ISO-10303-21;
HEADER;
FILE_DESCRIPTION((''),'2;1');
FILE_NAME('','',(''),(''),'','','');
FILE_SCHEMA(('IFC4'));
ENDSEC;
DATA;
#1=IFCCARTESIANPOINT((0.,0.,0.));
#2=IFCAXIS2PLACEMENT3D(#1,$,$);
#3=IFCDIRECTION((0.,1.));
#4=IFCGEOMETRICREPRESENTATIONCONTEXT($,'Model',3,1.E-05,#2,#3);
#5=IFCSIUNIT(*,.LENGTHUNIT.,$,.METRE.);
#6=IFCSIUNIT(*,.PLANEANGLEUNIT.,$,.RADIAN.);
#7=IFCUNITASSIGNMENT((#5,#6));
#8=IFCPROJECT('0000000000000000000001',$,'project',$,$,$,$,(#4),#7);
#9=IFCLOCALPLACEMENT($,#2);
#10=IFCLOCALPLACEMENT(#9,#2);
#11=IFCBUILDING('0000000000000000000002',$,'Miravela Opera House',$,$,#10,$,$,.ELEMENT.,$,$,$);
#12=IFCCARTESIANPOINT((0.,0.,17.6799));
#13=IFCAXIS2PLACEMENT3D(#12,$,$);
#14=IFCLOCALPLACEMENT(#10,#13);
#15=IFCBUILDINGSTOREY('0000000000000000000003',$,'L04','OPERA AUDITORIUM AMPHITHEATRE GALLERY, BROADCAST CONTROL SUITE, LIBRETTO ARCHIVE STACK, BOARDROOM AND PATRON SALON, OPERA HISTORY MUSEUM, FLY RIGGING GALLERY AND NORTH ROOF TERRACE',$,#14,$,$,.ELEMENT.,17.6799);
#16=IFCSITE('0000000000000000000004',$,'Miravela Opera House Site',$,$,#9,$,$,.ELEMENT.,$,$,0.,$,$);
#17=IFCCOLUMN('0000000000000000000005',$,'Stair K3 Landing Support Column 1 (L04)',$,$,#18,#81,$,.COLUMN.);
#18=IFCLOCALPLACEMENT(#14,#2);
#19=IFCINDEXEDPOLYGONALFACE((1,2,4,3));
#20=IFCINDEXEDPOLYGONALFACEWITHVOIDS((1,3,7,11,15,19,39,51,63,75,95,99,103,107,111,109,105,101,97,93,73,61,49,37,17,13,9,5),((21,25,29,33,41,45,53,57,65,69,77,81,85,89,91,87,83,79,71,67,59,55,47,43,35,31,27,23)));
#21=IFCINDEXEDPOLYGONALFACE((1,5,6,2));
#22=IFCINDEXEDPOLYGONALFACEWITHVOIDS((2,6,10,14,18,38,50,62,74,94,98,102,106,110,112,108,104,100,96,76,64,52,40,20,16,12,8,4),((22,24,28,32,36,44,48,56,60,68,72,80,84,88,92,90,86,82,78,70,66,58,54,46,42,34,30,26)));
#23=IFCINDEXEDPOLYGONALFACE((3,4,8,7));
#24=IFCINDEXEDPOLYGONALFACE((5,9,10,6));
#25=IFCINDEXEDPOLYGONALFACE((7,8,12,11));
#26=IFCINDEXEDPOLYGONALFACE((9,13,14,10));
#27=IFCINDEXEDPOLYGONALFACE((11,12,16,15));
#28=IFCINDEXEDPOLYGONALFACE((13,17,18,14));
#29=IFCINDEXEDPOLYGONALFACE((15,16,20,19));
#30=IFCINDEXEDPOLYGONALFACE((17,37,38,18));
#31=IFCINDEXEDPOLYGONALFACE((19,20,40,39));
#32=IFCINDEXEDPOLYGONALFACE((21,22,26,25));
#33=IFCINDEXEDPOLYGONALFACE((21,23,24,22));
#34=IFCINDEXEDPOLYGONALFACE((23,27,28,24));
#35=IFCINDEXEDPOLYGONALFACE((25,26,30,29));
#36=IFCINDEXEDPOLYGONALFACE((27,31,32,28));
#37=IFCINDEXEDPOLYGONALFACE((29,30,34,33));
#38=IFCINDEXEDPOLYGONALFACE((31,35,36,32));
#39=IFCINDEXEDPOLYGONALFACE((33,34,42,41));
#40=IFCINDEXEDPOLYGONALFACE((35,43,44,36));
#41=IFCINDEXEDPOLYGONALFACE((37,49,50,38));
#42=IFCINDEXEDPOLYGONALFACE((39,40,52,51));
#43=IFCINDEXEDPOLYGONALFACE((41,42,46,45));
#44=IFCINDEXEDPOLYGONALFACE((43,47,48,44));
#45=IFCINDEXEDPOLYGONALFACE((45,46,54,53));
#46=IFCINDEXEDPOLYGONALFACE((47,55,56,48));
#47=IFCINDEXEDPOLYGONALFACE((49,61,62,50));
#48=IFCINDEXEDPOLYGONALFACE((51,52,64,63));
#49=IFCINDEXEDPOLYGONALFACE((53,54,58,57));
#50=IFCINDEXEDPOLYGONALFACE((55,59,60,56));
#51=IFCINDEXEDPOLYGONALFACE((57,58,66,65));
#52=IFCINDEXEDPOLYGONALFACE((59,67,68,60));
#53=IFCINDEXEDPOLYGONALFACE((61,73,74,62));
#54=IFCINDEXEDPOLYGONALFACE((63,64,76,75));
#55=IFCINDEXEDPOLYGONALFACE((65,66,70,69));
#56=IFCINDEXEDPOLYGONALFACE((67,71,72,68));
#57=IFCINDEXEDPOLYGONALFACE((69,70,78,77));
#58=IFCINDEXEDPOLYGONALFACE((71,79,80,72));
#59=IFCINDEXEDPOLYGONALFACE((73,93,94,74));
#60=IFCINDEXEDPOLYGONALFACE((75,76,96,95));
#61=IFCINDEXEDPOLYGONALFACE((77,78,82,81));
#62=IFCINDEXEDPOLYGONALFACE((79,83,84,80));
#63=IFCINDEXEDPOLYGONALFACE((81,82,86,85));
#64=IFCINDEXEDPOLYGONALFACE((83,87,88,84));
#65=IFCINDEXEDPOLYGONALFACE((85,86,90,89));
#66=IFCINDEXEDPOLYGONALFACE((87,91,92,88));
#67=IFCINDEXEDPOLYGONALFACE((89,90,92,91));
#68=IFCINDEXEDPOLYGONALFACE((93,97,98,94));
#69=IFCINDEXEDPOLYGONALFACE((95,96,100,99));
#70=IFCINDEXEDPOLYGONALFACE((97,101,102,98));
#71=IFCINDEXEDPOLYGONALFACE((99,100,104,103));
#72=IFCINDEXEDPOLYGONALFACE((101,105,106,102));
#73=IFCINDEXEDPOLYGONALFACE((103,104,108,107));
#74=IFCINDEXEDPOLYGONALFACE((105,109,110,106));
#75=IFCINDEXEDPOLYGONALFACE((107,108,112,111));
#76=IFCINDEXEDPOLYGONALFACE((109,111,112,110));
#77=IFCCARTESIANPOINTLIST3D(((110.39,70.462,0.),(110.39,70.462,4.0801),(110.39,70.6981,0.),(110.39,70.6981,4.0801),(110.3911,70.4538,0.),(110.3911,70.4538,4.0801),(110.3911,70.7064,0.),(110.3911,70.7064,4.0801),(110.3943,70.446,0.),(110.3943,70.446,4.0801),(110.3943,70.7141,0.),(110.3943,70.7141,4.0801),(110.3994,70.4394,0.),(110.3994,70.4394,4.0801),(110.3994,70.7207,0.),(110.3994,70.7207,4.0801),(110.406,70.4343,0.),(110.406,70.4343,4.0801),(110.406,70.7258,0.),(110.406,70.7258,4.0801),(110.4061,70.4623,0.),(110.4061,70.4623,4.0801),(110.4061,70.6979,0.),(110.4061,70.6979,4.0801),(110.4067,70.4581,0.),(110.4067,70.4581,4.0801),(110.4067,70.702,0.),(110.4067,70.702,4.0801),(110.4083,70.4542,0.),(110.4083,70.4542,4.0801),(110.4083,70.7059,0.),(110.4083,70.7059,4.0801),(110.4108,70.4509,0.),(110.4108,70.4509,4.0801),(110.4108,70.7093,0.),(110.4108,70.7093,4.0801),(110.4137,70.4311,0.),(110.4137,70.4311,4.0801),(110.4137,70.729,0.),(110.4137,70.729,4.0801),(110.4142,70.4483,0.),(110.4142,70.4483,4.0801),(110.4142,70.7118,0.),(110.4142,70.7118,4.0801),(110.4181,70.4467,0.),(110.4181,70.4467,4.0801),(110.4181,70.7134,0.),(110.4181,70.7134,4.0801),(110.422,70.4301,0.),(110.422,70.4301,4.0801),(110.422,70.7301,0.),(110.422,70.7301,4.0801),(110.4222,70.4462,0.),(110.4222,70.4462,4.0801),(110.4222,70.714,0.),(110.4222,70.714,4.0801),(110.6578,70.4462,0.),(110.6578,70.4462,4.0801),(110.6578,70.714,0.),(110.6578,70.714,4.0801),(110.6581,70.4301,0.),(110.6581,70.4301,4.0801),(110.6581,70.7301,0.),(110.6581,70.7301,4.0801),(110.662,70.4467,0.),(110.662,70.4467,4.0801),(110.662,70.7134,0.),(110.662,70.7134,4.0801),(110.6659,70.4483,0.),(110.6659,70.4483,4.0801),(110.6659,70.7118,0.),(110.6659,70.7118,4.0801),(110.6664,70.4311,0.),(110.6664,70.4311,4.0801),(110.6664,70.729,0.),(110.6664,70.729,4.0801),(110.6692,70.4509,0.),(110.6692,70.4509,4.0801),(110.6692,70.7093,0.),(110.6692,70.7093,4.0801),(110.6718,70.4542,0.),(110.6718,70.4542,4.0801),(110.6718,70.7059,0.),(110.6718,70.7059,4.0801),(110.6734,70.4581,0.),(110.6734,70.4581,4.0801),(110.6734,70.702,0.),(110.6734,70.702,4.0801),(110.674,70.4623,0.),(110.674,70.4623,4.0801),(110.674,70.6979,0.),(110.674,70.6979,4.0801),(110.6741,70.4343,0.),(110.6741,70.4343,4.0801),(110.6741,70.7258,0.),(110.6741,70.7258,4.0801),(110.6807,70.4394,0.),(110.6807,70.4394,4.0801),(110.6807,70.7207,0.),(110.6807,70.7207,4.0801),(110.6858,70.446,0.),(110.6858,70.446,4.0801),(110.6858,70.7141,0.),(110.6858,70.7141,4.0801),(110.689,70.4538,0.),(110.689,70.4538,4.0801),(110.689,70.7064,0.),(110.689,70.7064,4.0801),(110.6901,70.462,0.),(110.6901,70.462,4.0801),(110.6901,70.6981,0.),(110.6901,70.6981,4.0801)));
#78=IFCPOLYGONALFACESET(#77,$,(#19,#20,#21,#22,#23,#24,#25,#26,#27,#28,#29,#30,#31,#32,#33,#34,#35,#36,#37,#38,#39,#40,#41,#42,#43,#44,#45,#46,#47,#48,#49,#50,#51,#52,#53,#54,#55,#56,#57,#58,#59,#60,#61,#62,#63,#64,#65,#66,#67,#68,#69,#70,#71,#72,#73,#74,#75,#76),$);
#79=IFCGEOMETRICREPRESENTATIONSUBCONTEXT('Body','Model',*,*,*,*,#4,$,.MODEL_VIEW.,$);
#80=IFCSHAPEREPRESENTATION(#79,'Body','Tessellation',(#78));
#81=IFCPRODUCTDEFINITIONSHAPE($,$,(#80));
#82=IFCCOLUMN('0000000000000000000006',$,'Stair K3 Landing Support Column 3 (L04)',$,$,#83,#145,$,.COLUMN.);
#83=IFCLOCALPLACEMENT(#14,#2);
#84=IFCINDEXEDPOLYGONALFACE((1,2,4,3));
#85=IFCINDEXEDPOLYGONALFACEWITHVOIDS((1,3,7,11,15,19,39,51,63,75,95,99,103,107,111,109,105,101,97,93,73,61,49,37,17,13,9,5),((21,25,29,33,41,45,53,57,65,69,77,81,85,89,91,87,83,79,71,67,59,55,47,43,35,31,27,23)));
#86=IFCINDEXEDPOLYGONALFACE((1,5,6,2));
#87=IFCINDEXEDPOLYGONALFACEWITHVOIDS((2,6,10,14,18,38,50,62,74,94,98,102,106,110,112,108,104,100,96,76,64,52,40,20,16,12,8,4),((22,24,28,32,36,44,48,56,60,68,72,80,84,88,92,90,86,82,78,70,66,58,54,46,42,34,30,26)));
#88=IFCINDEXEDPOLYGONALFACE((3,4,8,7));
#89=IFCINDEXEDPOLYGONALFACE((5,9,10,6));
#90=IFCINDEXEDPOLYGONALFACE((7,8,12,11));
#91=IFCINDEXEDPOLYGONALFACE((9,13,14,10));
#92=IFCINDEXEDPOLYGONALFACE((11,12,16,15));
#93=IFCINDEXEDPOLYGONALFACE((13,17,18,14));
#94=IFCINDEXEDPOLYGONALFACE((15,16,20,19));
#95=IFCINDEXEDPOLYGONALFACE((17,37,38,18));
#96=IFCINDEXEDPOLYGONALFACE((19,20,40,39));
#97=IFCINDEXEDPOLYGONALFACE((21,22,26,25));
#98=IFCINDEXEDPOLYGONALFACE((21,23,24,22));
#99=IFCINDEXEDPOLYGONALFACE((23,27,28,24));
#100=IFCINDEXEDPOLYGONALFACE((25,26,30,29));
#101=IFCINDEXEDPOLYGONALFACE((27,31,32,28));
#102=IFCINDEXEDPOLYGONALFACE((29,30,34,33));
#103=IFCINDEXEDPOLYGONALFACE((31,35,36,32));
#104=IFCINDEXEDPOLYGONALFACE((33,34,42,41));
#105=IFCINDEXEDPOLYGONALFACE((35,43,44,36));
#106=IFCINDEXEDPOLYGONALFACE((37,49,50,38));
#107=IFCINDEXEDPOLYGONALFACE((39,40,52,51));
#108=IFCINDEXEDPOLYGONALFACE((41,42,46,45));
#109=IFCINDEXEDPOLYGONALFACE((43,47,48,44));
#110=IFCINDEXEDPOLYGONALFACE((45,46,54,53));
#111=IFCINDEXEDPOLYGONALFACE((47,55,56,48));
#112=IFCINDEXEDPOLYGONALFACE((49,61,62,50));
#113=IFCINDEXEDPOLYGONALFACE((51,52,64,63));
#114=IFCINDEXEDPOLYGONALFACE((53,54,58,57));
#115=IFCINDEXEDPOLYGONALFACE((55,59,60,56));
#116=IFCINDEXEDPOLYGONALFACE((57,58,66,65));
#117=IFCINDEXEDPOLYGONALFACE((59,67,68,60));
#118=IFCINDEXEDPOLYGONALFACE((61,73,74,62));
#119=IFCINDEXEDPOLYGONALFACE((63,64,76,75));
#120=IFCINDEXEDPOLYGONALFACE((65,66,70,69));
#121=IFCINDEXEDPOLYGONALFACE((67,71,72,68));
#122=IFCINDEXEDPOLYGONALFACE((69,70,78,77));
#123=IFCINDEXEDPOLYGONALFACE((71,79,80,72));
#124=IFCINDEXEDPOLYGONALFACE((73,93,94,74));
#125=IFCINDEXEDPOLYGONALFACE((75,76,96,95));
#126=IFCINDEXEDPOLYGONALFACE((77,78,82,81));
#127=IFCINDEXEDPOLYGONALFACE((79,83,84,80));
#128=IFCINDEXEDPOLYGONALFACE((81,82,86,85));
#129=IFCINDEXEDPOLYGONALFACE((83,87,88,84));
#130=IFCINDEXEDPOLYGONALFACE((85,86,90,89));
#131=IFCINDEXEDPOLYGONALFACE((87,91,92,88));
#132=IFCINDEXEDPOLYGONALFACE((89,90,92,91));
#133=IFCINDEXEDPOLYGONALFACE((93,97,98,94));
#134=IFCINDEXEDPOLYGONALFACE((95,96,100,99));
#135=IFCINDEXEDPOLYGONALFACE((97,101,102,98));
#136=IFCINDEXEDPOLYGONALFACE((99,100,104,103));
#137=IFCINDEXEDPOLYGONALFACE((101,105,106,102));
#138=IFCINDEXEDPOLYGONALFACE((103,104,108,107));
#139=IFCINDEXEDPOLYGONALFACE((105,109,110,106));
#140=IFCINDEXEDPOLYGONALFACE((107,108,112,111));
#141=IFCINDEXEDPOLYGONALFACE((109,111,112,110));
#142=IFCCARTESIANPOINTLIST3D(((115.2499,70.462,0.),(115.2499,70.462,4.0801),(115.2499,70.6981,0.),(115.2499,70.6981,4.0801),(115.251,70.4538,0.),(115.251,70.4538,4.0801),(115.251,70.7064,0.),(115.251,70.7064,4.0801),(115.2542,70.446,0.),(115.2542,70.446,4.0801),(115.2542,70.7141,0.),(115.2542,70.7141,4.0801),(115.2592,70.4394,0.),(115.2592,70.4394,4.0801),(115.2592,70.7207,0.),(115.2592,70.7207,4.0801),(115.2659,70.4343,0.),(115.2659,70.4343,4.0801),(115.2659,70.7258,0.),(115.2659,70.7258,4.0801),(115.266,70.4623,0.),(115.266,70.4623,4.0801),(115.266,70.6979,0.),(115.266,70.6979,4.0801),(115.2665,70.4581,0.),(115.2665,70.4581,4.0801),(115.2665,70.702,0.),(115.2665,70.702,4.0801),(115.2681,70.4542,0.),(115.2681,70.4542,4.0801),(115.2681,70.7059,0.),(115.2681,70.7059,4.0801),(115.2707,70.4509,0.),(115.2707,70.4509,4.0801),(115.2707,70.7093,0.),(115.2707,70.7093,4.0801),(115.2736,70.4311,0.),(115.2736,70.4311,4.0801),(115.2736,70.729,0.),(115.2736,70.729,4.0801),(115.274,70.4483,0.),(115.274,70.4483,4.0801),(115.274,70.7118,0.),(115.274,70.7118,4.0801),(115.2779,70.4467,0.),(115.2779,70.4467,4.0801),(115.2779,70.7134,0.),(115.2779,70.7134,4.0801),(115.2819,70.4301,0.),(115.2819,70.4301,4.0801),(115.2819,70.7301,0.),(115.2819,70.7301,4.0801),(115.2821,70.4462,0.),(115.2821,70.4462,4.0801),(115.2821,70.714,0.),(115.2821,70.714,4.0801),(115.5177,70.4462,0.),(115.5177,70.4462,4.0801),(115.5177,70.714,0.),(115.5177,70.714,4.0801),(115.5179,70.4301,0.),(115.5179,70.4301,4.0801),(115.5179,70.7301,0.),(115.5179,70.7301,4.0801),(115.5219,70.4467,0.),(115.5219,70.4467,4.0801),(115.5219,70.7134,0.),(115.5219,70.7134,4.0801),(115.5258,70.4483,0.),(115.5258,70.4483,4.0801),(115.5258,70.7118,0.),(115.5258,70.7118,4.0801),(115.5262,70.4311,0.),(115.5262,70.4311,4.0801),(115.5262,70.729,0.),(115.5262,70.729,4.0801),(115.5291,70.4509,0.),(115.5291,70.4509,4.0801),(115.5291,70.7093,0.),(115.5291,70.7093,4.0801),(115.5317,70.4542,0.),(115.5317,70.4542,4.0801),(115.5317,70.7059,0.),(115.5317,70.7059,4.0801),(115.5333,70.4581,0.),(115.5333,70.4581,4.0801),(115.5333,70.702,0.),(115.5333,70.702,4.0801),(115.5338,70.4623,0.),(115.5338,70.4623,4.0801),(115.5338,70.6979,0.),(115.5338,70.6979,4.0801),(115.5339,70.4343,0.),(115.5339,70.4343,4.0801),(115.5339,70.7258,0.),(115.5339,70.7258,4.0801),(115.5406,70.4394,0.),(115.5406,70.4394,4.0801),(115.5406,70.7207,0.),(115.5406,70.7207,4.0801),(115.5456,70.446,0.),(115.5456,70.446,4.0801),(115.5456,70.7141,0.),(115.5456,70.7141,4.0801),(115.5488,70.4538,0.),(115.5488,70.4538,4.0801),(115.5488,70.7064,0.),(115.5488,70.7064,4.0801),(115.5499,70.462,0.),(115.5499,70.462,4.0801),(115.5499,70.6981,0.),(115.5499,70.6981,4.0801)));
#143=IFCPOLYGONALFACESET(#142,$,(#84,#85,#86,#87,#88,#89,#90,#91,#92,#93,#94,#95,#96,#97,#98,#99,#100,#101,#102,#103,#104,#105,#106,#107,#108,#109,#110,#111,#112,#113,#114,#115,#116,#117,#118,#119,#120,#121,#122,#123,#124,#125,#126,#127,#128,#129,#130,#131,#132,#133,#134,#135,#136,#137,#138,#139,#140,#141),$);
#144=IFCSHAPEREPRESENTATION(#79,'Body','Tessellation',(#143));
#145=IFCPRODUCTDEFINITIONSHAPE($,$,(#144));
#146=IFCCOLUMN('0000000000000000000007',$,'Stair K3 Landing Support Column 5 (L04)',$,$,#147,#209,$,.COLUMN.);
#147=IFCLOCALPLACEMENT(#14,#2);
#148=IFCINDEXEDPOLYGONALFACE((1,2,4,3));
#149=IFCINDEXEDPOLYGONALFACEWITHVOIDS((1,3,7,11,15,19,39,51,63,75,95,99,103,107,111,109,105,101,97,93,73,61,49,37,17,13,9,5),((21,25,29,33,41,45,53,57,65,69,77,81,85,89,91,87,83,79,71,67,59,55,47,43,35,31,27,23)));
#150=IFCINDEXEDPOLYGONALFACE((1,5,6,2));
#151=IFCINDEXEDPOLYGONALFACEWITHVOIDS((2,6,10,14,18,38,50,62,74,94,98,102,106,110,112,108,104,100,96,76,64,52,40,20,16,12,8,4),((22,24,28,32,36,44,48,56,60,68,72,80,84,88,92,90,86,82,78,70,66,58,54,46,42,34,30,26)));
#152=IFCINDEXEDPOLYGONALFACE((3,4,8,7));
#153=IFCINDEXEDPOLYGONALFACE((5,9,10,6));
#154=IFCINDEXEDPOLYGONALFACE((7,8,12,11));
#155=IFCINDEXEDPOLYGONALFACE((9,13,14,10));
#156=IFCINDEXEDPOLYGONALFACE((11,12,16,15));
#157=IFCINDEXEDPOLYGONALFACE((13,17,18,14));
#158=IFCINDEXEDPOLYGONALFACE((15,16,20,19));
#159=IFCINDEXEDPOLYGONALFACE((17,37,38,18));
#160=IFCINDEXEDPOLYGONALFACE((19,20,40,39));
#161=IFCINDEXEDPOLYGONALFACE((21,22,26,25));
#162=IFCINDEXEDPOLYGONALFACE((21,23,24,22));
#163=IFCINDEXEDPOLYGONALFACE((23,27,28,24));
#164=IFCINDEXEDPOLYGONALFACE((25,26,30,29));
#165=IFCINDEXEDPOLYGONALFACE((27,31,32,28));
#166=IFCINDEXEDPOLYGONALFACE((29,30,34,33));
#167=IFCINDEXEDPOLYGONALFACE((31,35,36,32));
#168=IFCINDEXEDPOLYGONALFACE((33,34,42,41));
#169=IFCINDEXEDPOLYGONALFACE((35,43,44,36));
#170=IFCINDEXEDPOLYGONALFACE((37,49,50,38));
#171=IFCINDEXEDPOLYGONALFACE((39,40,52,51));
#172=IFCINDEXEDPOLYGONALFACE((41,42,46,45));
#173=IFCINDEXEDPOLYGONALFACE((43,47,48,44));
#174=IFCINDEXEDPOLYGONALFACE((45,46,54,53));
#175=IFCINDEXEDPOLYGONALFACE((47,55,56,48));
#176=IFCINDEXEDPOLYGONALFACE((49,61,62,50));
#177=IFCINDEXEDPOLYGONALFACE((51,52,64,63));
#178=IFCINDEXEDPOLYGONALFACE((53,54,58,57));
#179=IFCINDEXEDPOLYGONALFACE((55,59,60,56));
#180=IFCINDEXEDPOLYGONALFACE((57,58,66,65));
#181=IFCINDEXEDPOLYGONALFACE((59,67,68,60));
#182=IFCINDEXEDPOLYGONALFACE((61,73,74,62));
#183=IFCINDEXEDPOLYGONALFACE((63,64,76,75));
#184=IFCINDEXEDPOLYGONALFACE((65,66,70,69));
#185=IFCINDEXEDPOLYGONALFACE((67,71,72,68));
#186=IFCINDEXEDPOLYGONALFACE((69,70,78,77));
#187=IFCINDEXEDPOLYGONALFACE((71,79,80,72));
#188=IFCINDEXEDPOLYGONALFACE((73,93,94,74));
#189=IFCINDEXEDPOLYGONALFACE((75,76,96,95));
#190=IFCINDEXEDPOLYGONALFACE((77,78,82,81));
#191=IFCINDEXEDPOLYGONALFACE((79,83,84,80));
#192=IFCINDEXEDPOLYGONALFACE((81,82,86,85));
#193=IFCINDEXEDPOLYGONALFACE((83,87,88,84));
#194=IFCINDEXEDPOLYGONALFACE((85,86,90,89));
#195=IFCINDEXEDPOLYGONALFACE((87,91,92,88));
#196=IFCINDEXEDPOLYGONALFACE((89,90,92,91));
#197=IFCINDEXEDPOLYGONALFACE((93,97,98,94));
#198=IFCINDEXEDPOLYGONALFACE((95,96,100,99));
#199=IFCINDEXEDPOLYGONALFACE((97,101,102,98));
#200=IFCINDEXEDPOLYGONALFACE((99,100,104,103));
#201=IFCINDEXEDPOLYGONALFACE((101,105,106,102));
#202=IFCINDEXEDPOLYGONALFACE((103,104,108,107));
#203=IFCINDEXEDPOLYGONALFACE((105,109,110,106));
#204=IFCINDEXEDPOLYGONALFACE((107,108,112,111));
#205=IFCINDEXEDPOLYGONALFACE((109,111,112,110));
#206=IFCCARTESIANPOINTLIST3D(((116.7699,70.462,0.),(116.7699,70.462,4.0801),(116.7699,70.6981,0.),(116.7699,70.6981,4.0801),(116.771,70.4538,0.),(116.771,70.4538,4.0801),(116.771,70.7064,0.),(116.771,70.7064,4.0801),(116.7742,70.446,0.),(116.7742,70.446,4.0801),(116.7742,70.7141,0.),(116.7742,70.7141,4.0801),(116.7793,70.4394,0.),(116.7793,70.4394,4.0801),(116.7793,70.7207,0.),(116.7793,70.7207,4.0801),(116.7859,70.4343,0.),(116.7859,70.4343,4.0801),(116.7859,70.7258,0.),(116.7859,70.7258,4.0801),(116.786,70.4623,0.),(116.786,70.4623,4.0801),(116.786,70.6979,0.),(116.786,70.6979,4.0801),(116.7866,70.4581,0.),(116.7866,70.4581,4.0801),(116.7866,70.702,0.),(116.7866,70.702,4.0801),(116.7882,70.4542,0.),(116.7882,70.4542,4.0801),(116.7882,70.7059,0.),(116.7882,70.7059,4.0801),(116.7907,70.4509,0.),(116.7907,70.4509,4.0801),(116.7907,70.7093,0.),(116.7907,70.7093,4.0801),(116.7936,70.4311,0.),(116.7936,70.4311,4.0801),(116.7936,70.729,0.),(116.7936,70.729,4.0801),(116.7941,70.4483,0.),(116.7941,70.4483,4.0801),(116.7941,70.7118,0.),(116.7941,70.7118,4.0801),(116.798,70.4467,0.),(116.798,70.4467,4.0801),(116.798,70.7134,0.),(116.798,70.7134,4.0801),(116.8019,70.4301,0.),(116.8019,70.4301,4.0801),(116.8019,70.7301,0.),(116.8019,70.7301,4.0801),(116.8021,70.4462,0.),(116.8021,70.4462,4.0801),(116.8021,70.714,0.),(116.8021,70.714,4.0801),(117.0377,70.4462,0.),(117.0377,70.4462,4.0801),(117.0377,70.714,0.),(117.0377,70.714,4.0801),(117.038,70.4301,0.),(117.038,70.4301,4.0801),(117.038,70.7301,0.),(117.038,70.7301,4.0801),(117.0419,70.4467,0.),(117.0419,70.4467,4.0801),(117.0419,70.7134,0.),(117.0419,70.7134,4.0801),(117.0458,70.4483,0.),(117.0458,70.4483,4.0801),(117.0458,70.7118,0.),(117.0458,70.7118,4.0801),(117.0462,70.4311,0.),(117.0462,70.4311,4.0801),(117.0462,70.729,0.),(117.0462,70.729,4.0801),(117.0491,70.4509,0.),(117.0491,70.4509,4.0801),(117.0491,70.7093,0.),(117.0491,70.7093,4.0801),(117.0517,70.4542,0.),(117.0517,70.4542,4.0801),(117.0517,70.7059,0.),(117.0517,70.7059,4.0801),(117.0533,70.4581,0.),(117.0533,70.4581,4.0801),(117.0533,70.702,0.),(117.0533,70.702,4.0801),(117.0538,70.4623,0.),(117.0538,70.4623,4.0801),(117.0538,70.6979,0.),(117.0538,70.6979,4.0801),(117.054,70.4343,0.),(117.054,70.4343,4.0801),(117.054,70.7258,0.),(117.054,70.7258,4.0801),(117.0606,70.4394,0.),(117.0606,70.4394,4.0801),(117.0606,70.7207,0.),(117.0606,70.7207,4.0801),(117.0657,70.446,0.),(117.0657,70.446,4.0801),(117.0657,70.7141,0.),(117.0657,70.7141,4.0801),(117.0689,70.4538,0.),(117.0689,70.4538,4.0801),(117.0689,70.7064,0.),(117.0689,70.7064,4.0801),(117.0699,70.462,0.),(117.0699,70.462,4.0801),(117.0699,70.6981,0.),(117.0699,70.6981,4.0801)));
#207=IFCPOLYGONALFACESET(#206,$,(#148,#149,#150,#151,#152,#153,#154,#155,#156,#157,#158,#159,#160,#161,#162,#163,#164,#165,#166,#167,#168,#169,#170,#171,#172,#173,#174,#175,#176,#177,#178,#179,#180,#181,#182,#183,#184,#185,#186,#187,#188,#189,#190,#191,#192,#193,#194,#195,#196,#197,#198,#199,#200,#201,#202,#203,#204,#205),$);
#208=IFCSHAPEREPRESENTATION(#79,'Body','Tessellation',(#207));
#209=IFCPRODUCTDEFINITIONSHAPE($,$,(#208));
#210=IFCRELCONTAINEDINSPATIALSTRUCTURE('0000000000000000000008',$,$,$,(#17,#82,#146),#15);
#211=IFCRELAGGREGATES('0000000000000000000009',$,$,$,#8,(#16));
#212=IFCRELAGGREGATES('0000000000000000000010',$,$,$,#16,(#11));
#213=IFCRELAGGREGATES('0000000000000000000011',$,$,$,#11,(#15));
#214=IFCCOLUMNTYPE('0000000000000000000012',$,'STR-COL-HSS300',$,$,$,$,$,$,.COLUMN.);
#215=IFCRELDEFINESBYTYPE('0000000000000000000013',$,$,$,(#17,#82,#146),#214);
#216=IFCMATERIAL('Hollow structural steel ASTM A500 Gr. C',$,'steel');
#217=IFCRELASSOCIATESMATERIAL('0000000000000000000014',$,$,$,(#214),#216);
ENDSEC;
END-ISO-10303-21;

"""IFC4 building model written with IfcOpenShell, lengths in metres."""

from ifc_helpers import new_model, si_unit, direction, frame, origin, origin_2d, place, context, subcontext, project, spatial, hollow_rectangle, extrude, material, material_profile, profile_set, type_object, element, save


model = new_model("IFC4")

# Units and contexts
model_context = context("Model", 3, precision=1e-05, world=origin(), true_north=direction((0.0, 1.0)))
body_context = subcontext(model_context, "Body", "Model", "MODEL_VIEW")
ifc_project = project(units=[si_unit("LENGTHUNIT", "METRE"), si_unit("PLANEANGLEUNIT", "RADIAN")], contexts=[model_context])

# Site, building, storey
site_placement = place(None, origin())
site = spatial("IfcSite", under=ifc_project, at=site_placement, Name="Miravela Opera House Site", CompositionType="ELEMENT", RefElevation=0.0)
building_placement = place(site_placement, origin())
building = spatial("IfcBuilding", under=site, at=building_placement, Name="Miravela Opera House", CompositionType="ELEMENT")
storey_placement = place(building_placement, frame((0.0, 0.0, 17.6799)))
storey = spatial("IfcBuildingStorey", under=building, at=storey_placement, Name="L04", Description="OPERA AUDITORIUM AMPHITHEATRE GALLERY, BROADCAST CONTROL SUITE, LIBRETTO ARCHIVE STACK, BOARDROOM AND PATRON SALON, OPERA HISTORY MUSEUM, FLY RIGGING GALLERY AND NORTH ROOF TERRACE", CompositionType="ELEMENT", Elevation=17.6799)

# Columns
ifc_material_1 = material(Name="Hollow structural steel ASTM A500 Gr. C", Category="steel")
ifc_material_profile_1 = material_profile(ifc_material_1, hollow_rectangle(XDim=0.3, YDim=0.3, WallThickness=0.0161, InnerFilletRadius=0.0161, OuterFilletRadius=0.032, at=origin_2d()), Name="HSS300X300X16")
ifc_profile_set_1 = profile_set([ifc_material_profile_1])
column_type_1 = type_object("IfcColumnType", Name="STR-COL-HSS300", PredefinedType="COLUMN", material=ifc_profile_set_1)
for number, where, z_axis, x_axis, name in (
    (1, (110.54, 70.5801, 0.0), (0.0, 0.0, 1.0), (1.0, 0.0, 0.0), "Stair K3 Landing Support Column 1 (L04)"),
    (2, (115.3999, 70.5801, 0.0), (0.0, 0.0, 1.0), (1.0, 0.0, 0.0), "Stair K3 Landing Support Column 3 (L04)"),
    (3, (116.9199, 70.5801, 0.0), (0.0, 0.0, 1.0), (1.0, 0.0, 0.0), "Stair K3 Landing Support Column 5 (L04)"),
):
    element("IfcColumn", number, at=place(storey_placement, frame(where, z_axis=z_axis, x_axis=x_axis)), inside=storey, type_object=column_type_1, Name=name, PredefinedType="COLUMN", context=body_context, shape_type="SweptSolid", body=[
        extrude(hollow_rectangle(XDim=0.3, YDim=0.3, WallThickness=0.0161, InnerFilletRadius=0.0161, OuterFilletRadius=0.032, at=origin_2d()), origin(), (0.0, 0.0, 1.0), 4.0801),
    ])

save(model, "model.ifc")
